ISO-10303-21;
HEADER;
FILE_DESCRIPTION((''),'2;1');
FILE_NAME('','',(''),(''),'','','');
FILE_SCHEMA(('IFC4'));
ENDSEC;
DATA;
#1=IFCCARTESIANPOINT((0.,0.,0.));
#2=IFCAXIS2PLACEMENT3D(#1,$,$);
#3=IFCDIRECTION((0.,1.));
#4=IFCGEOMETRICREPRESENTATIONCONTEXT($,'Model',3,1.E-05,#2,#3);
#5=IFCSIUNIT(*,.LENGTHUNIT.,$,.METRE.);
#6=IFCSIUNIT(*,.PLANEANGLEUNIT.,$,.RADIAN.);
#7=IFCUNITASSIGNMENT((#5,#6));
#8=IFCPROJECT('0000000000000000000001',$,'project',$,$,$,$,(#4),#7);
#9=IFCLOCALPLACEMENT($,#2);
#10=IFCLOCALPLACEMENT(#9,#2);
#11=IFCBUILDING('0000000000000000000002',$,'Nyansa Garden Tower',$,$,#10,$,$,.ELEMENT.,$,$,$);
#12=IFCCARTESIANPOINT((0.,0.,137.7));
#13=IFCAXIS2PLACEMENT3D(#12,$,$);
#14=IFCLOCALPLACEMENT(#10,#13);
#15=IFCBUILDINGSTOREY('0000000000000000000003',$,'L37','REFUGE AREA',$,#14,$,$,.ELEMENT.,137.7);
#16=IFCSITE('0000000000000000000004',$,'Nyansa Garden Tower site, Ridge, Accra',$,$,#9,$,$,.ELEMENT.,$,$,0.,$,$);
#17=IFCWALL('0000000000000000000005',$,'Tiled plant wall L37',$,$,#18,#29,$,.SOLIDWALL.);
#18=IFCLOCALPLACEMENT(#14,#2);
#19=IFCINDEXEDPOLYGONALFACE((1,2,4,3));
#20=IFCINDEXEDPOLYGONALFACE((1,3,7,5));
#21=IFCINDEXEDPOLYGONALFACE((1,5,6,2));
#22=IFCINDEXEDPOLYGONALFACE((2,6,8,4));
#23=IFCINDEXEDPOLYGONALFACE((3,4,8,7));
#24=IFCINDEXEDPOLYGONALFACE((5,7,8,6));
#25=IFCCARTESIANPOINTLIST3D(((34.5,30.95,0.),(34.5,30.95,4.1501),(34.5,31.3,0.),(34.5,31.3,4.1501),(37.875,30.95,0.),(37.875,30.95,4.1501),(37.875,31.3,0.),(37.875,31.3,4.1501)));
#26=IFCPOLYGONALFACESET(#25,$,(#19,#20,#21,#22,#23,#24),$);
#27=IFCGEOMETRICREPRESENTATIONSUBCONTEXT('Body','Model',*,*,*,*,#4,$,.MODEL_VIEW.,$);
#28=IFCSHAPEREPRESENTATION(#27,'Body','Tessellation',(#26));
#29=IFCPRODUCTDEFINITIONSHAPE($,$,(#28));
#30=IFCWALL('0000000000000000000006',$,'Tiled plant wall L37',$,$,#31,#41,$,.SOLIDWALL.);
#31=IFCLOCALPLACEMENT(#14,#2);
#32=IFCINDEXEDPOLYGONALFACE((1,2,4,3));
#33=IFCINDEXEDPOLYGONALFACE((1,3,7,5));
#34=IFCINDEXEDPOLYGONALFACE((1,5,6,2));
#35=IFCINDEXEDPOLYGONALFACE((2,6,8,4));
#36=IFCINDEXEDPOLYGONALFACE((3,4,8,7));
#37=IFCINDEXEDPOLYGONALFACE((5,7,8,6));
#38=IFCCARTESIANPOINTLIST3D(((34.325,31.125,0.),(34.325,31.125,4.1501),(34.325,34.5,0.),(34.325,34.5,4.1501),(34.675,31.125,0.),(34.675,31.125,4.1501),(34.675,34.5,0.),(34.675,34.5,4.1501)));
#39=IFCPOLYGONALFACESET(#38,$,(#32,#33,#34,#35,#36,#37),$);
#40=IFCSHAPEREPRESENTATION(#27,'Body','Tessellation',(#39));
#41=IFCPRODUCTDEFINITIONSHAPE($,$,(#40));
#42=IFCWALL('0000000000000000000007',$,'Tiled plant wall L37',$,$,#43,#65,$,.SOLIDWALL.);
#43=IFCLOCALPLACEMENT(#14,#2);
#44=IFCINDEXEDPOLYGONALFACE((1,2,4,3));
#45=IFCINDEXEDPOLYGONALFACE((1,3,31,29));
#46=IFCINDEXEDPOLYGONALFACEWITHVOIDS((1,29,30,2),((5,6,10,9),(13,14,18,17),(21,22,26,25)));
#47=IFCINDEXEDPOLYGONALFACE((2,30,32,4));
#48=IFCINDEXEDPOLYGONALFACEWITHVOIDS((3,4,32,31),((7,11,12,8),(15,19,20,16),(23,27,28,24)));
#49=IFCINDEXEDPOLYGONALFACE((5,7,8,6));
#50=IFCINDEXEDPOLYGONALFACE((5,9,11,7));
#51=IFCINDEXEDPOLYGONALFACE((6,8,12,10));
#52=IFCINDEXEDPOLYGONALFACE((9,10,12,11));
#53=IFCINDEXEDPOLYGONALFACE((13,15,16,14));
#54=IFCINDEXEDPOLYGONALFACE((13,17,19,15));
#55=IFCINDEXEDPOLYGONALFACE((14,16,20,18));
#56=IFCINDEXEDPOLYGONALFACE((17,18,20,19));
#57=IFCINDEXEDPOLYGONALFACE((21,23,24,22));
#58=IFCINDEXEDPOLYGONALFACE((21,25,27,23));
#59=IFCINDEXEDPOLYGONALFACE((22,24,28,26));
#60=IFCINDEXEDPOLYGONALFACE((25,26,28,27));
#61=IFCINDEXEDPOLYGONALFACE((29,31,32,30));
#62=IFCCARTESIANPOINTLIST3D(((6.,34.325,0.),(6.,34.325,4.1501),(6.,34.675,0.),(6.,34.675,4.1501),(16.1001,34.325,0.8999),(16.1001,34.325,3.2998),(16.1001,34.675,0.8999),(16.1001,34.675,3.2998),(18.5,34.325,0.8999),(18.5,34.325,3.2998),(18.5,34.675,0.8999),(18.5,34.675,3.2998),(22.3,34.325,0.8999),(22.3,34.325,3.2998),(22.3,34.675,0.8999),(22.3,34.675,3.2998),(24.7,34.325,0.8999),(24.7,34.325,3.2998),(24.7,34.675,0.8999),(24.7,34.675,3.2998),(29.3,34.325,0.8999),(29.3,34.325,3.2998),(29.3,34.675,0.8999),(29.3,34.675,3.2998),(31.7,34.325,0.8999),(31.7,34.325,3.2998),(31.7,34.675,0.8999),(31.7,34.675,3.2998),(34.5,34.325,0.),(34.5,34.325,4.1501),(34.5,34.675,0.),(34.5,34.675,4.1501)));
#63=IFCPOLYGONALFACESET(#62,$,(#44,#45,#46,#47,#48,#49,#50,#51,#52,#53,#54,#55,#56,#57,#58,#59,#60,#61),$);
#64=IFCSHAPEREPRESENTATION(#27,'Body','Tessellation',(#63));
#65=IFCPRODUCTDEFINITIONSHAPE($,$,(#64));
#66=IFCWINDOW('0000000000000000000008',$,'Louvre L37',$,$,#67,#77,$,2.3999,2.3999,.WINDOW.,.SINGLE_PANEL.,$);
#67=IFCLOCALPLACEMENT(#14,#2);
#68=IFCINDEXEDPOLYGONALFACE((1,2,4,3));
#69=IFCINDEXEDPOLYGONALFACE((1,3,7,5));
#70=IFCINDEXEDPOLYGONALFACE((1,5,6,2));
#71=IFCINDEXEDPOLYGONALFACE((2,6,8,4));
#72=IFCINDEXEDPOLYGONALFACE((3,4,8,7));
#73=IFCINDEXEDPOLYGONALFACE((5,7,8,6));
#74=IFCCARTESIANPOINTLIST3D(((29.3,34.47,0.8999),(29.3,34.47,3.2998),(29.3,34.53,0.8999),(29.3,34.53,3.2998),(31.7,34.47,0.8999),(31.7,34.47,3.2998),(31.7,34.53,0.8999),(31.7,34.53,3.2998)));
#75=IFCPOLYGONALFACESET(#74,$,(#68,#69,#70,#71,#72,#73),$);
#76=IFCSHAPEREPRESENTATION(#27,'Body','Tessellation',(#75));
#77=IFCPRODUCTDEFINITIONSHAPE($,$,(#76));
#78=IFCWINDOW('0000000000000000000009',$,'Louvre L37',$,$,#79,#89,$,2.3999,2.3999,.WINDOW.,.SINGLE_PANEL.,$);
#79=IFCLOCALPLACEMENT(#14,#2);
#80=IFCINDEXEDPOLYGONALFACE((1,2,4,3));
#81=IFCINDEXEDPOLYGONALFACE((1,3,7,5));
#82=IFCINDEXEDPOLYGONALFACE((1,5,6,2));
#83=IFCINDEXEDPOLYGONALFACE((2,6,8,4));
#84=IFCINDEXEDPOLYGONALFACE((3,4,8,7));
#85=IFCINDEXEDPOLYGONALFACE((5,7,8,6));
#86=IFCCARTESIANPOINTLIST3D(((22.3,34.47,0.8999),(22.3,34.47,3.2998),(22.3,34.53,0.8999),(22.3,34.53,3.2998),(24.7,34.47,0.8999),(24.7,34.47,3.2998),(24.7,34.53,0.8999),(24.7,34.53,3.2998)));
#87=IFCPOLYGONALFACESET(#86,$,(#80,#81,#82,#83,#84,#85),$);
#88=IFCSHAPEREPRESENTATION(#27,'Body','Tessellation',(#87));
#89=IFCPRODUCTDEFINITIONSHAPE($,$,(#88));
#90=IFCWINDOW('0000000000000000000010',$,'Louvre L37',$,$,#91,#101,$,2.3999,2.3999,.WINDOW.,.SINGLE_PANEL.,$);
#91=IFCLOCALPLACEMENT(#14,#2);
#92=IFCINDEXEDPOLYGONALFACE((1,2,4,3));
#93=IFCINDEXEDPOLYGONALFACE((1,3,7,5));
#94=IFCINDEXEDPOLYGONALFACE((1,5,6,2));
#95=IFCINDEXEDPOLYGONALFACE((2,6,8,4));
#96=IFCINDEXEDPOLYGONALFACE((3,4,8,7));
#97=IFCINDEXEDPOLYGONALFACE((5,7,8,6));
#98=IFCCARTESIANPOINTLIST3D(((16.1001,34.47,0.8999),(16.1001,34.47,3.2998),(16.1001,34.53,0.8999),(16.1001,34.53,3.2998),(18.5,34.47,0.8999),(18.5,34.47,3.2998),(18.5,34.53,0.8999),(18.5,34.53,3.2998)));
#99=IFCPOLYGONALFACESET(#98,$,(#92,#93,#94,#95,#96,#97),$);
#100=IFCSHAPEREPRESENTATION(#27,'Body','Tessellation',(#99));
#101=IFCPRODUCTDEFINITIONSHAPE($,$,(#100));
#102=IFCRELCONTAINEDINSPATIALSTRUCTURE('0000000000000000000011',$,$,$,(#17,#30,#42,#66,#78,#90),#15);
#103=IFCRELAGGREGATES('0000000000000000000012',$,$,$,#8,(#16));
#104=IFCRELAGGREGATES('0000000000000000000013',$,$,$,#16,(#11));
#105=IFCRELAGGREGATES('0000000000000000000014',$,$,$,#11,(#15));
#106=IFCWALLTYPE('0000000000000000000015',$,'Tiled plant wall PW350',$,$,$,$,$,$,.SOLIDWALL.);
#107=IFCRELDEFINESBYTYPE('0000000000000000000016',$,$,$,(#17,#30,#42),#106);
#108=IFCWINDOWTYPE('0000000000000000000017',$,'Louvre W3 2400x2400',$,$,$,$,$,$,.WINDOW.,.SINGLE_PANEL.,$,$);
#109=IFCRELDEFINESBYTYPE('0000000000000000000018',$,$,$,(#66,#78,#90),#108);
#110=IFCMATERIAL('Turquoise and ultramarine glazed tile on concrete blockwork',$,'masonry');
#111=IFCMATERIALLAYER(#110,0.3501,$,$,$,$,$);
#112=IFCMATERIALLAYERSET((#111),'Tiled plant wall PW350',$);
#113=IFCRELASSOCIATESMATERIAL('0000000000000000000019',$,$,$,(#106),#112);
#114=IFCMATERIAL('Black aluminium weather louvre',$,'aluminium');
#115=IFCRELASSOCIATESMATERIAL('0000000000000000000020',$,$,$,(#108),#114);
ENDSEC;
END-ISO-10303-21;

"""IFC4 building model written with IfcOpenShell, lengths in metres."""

from ifc_helpers import new_model, si_unit, direction, frame, frame_2d, origin, place, context, subcontext, project, spatial, rectangle, extrude, material, layer, layer_set, type_object, element, fill, save


model = new_model("IFC4")

# Units and contexts
model_context = context("Model", 3, precision=1e-05, world=origin(), true_north=direction((0.0, 1.0)))
body_context = subcontext(model_context, "Body", "Model", "MODEL_VIEW")
ifc_project = project(units=[si_unit("LENGTHUNIT", "METRE"), si_unit("PLANEANGLEUNIT", "RADIAN")], contexts=[model_context])

# Site, building, storey
site_placement = place(None, origin())
site = spatial("IfcSite", under=ifc_project, at=site_placement, Name="Nyansa Garden Tower site, Ridge, Accra", CompositionType="ELEMENT", RefElevation=0.0)
building_placement = place(site_placement, origin())
building = spatial("IfcBuilding", under=site, at=building_placement, Name="Nyansa Garden Tower", CompositionType="ELEMENT")
storey_placement = place(building_placement, frame((0.0, 0.0, 137.7)))
storey = spatial("IfcBuildingStorey", under=building, at=storey_placement, Name="L37", Description="REFUGE AREA", CompositionType="ELEMENT", Elevation=137.7)

# Walls
ifc_material_1 = material(Name="Turquoise and ultramarine glazed tile on concrete blockwork", Category="masonry")
ifc_layer_1 = layer(ifc_material_1, 0.3501)
ifc_layer_set_1 = layer_set([ifc_layer_1], Name="Tiled plant wall PW350")
wall_type_1 = type_object("IfcWallType", Name="Tiled plant wall PW350", PredefinedType="SOLIDWALL", material=ifc_layer_set_1)
for number, where, z_axis, x_axis, name in (
    (1, (37.875, 31.125, 0.0), (0.0, 0.0, 1.0), (-1.0, 0.0, 0.0), "Tiled plant wall L37"),
    (2, (34.5, 31.125, 0.0), (0.0, 0.0, 1.0), (0.0, 1.0, 0.0), "Tiled plant wall L37"),
):
    element("IfcWall", number, at=place(storey_placement, frame(where, z_axis=z_axis, x_axis=x_axis)), inside=storey, type_object=wall_type_1, Name=name, PredefinedType="SOLIDWALL", context=body_context, shape_type="SweptSolid", body=[
        extrude(rectangle(XDim=3.375, YDim=0.3501, at=frame_2d((1.6875, 0.0))), origin(), (0.0, 0.0, 1.0), 4.1501),
    ])

# Wall, openings, windows
wall_1_placement = place(storey_placement, frame((34.5, 34.5, 0.0), z_axis=(0.0, 0.0, 1.0), x_axis=(-1.0, 0.0, 0.0)))
wall_1 = element("IfcWall", 3, at=wall_1_placement, inside=storey, type_object=wall_type_1, Name="Tiled plant wall L37", PredefinedType="SOLIDWALL", context=body_context, shape_type="SweptSolid", body=[
    extrude(rectangle(XDim=28.5, YDim=0.3501, at=frame_2d((14.25, 0.0))), origin(), (0.0, 0.0, 1.0), 4.1501),
])
opening_1_placement = place(wall_1_placement, frame((2.8, 0.0, 0.8999)))
opening_1 = element("IfcOpeningElement", 4, at=opening_1_placement, cuts=wall_1, PredefinedType="OPENING", context=body_context, shape_type="SweptSolid", body=[
    extrude(rectangle(XDim=2.3999, YDim=2.3999, at=frame_2d((1.2, 1.2))), frame((0.0, 0.1851, 0.0), z_axis=(0.0, -1.0, 0.0), x_axis=(1.0, 0.0, 0.0)), (0.0, 0.0, 1.0), 0.3701),
])
opening_2_placement = place(wall_1_placement, frame((9.8, 0.0, 0.8999)))
opening_2 = element("IfcOpeningElement", 5, at=opening_2_placement, cuts=wall_1, PredefinedType="OPENING", context=body_context, shape_type="SweptSolid", body=[
    extrude(rectangle(XDim=2.3999, YDim=2.3999, at=frame_2d((1.2, 1.2))), frame((0.0, 0.1851, 0.0), z_axis=(0.0, -1.0, 0.0), x_axis=(1.0, 0.0, 0.0)), (0.0, 0.0, 1.0), 0.3701),
])
opening_3_placement = place(wall_1_placement, frame((16.0, 0.0, 0.8999)))
opening_3 = element("IfcOpeningElement", 6, at=opening_3_placement, cuts=wall_1, PredefinedType="OPENING", context=body_context, shape_type="SweptSolid", body=[
    extrude(rectangle(XDim=2.3999, YDim=2.3999, at=frame_2d((1.2, 1.2))), frame((0.0, 0.1851, 0.0), z_axis=(0.0, -1.0, 0.0), x_axis=(1.0, 0.0, 0.0)), (0.0, 0.0, 1.0), 0.3701),
])
ifc_material_2 = material(Name="Black aluminium weather louvre", Category="aluminium")
window_type = type_object("IfcWindowType", Name="Louvre W3 2400x2400", PartitioningType="SINGLE_PANEL", PredefinedType="WINDOW", material=ifc_material_2)
window_1_placement = place(opening_1_placement, origin())
window_1 = element("IfcWindow", 7, at=window_1_placement, inside=storey, type_object=window_type, Name="Louvre L37", OverallHeight=2.3999, OverallWidth=2.3999, PartitioningType="SINGLE_PANEL", PredefinedType="WINDOW", context=body_context, shape_type="SweptSolid", body=[
    extrude(rectangle(XDim=2.3999, YDim=2.3999, at=frame_2d((1.2, 1.2))), frame((0.0, 0.03, 0.0), z_axis=(0.0, -1.0, 0.0), x_axis=(1.0, 0.0, 0.0)), (0.0, 0.0, 1.0), 0.0601),
])
fill(opening_1, window_1)
window_2_placement = place(opening_2_placement, origin())
window_2 = element("IfcWindow", 8, at=window_2_placement, inside=storey, type_object=window_type, Name="Louvre L37", OverallHeight=2.3999, OverallWidth=2.3999, PartitioningType="SINGLE_PANEL", PredefinedType="WINDOW", context=body_context, shape_type="SweptSolid", body=[
    extrude(rectangle(XDim=2.3999, YDim=2.3999, at=frame_2d((1.2, 1.2))), frame((0.0, 0.03, 0.0), z_axis=(0.0, -1.0, 0.0), x_axis=(1.0, 0.0, 0.0)), (0.0, 0.0, 1.0), 0.0601),
])
fill(opening_2, window_2)
window_3_placement = place(opening_3_placement, origin())
window_3 = element("IfcWindow", 9, at=window_3_placement, inside=storey, type_object=window_type, Name="Louvre L37", OverallHeight=2.3999, OverallWidth=2.3999, PartitioningType="SINGLE_PANEL", PredefinedType="WINDOW", context=body_context, shape_type="SweptSolid", body=[
    extrude(rectangle(XDim=2.3999, YDim=2.3999, at=frame_2d((1.2, 1.2))), frame((0.0, 0.03, 0.0), z_axis=(0.0, -1.0, 0.0), x_axis=(1.0, 0.0, 0.0)), (0.0, 0.0, 1.0), 0.0601),
])
fill(opening_3, window_3)

save(model, "model.ifc")
